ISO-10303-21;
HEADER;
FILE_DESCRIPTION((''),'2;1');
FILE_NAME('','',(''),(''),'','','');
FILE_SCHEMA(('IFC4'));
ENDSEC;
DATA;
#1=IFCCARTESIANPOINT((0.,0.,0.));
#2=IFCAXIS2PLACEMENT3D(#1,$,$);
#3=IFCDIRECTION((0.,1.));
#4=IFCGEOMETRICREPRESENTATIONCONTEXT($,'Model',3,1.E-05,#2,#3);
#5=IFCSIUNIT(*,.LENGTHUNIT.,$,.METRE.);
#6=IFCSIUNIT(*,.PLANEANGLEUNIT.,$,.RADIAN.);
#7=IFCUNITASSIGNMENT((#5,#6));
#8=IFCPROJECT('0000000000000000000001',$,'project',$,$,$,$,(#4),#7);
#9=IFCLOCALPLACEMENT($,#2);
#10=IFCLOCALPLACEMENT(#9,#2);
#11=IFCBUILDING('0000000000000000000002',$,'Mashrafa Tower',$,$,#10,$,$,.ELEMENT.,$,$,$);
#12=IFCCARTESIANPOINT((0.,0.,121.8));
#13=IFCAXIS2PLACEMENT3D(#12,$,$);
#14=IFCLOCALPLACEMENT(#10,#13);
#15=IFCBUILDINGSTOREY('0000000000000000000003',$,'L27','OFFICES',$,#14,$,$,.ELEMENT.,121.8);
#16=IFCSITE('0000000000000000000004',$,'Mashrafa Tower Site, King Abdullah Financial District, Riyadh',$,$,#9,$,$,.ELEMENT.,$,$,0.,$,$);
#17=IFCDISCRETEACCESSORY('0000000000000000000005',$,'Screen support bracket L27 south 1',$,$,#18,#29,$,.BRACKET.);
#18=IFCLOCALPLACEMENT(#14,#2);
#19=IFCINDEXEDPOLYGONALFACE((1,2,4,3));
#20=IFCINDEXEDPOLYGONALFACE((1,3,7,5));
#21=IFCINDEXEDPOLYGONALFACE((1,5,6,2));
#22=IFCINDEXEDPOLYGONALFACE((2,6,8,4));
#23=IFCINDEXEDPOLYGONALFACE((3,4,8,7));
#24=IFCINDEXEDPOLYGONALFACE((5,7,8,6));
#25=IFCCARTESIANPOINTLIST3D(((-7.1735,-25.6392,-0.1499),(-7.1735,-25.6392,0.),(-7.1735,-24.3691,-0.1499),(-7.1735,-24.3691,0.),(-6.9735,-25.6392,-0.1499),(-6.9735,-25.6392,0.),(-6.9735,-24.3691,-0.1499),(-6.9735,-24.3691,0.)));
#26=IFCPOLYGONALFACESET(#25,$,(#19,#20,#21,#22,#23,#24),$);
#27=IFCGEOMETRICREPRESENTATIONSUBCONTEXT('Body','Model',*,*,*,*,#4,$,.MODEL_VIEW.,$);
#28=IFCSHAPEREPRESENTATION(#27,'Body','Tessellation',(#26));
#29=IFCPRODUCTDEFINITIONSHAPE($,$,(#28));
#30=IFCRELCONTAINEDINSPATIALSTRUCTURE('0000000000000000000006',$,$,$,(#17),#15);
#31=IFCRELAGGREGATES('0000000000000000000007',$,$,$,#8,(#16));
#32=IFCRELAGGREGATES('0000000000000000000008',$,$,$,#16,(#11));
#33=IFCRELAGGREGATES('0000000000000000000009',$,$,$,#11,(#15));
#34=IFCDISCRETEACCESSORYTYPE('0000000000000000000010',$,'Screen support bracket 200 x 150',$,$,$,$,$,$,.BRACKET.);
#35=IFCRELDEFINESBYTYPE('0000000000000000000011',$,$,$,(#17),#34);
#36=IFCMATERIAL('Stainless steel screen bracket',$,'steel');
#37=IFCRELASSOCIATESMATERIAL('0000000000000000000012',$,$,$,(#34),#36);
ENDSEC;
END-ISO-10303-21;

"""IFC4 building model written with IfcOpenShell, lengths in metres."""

from ifc_helpers import new_model, si_unit, direction, frame, origin, origin_2d, place, context, subcontext, project, spatial, rectangle, extrude, source, transform, mapped, material, type_object, type_shapes, element, save


model = new_model("IFC4")

# Units and contexts
model_context = context("Model", 3, precision=1e-05, world=origin(), true_north=direction((0.0, 1.0)))
body_context = subcontext(model_context, "Body", "Model", "MODEL_VIEW")
ifc_project = project(units=[si_unit("LENGTHUNIT", "METRE"), si_unit("PLANEANGLEUNIT", "RADIAN")], contexts=[model_context])

# Site, building, storey
site_placement = place(None, origin())
site = spatial("IfcSite", under=ifc_project, at=site_placement, Name="Mashrafa Tower Site, King Abdullah Financial District, Riyadh", CompositionType="ELEMENT", RefElevation=0.0)
building_placement = place(site_placement, origin())
building = spatial("IfcBuilding", under=site, at=building_placement, Name="Mashrafa Tower", CompositionType="ELEMENT")
storey_placement = place(building_placement, frame((0.0, 0.0, 121.8)))
storey = spatial("IfcBuildingStorey", under=building, at=storey_placement, Name="L27", Description="OFFICES", CompositionType="ELEMENT", Elevation=121.8)

# Discrete accessory
ifc_material_1 = material(Name="Stainless steel screen bracket", Category="steel")
discrete_accessory_type = type_object("IfcDiscreteAccessoryType", Name="Screen support bracket 200 x 150", PredefinedType="BRACKET", material=ifc_material_1)
shared_shape_1 = source(origin(), body_context, "Body", "SweptSolid", [
    extrude(rectangle(XDim=0.2, YDim=1.27, at=origin_2d()), origin(), (0.0, 0.0, 1.0), 0.1499),
])
type_shapes(discrete_accessory_type, [shared_shape_1])
discrete_accessory_placement = place(storey_placement, frame((-7.0735, -25.0042, -0.1499), z_axis=(0.0, 0.0, 1.0), x_axis=(1.0, 0.0, 0.0)))
element("IfcDiscreteAccessory", 1, at=discrete_accessory_placement, inside=storey, type_object=discrete_accessory_type, Name="Screen support bracket L27 south 1", PredefinedType="BRACKET", context=body_context, shape_type="MappedRepresentation", body=[
    mapped(shared_shape_1, transform((0.0, 0.0, 0.0))),
])

save(model, "model.ifc")
